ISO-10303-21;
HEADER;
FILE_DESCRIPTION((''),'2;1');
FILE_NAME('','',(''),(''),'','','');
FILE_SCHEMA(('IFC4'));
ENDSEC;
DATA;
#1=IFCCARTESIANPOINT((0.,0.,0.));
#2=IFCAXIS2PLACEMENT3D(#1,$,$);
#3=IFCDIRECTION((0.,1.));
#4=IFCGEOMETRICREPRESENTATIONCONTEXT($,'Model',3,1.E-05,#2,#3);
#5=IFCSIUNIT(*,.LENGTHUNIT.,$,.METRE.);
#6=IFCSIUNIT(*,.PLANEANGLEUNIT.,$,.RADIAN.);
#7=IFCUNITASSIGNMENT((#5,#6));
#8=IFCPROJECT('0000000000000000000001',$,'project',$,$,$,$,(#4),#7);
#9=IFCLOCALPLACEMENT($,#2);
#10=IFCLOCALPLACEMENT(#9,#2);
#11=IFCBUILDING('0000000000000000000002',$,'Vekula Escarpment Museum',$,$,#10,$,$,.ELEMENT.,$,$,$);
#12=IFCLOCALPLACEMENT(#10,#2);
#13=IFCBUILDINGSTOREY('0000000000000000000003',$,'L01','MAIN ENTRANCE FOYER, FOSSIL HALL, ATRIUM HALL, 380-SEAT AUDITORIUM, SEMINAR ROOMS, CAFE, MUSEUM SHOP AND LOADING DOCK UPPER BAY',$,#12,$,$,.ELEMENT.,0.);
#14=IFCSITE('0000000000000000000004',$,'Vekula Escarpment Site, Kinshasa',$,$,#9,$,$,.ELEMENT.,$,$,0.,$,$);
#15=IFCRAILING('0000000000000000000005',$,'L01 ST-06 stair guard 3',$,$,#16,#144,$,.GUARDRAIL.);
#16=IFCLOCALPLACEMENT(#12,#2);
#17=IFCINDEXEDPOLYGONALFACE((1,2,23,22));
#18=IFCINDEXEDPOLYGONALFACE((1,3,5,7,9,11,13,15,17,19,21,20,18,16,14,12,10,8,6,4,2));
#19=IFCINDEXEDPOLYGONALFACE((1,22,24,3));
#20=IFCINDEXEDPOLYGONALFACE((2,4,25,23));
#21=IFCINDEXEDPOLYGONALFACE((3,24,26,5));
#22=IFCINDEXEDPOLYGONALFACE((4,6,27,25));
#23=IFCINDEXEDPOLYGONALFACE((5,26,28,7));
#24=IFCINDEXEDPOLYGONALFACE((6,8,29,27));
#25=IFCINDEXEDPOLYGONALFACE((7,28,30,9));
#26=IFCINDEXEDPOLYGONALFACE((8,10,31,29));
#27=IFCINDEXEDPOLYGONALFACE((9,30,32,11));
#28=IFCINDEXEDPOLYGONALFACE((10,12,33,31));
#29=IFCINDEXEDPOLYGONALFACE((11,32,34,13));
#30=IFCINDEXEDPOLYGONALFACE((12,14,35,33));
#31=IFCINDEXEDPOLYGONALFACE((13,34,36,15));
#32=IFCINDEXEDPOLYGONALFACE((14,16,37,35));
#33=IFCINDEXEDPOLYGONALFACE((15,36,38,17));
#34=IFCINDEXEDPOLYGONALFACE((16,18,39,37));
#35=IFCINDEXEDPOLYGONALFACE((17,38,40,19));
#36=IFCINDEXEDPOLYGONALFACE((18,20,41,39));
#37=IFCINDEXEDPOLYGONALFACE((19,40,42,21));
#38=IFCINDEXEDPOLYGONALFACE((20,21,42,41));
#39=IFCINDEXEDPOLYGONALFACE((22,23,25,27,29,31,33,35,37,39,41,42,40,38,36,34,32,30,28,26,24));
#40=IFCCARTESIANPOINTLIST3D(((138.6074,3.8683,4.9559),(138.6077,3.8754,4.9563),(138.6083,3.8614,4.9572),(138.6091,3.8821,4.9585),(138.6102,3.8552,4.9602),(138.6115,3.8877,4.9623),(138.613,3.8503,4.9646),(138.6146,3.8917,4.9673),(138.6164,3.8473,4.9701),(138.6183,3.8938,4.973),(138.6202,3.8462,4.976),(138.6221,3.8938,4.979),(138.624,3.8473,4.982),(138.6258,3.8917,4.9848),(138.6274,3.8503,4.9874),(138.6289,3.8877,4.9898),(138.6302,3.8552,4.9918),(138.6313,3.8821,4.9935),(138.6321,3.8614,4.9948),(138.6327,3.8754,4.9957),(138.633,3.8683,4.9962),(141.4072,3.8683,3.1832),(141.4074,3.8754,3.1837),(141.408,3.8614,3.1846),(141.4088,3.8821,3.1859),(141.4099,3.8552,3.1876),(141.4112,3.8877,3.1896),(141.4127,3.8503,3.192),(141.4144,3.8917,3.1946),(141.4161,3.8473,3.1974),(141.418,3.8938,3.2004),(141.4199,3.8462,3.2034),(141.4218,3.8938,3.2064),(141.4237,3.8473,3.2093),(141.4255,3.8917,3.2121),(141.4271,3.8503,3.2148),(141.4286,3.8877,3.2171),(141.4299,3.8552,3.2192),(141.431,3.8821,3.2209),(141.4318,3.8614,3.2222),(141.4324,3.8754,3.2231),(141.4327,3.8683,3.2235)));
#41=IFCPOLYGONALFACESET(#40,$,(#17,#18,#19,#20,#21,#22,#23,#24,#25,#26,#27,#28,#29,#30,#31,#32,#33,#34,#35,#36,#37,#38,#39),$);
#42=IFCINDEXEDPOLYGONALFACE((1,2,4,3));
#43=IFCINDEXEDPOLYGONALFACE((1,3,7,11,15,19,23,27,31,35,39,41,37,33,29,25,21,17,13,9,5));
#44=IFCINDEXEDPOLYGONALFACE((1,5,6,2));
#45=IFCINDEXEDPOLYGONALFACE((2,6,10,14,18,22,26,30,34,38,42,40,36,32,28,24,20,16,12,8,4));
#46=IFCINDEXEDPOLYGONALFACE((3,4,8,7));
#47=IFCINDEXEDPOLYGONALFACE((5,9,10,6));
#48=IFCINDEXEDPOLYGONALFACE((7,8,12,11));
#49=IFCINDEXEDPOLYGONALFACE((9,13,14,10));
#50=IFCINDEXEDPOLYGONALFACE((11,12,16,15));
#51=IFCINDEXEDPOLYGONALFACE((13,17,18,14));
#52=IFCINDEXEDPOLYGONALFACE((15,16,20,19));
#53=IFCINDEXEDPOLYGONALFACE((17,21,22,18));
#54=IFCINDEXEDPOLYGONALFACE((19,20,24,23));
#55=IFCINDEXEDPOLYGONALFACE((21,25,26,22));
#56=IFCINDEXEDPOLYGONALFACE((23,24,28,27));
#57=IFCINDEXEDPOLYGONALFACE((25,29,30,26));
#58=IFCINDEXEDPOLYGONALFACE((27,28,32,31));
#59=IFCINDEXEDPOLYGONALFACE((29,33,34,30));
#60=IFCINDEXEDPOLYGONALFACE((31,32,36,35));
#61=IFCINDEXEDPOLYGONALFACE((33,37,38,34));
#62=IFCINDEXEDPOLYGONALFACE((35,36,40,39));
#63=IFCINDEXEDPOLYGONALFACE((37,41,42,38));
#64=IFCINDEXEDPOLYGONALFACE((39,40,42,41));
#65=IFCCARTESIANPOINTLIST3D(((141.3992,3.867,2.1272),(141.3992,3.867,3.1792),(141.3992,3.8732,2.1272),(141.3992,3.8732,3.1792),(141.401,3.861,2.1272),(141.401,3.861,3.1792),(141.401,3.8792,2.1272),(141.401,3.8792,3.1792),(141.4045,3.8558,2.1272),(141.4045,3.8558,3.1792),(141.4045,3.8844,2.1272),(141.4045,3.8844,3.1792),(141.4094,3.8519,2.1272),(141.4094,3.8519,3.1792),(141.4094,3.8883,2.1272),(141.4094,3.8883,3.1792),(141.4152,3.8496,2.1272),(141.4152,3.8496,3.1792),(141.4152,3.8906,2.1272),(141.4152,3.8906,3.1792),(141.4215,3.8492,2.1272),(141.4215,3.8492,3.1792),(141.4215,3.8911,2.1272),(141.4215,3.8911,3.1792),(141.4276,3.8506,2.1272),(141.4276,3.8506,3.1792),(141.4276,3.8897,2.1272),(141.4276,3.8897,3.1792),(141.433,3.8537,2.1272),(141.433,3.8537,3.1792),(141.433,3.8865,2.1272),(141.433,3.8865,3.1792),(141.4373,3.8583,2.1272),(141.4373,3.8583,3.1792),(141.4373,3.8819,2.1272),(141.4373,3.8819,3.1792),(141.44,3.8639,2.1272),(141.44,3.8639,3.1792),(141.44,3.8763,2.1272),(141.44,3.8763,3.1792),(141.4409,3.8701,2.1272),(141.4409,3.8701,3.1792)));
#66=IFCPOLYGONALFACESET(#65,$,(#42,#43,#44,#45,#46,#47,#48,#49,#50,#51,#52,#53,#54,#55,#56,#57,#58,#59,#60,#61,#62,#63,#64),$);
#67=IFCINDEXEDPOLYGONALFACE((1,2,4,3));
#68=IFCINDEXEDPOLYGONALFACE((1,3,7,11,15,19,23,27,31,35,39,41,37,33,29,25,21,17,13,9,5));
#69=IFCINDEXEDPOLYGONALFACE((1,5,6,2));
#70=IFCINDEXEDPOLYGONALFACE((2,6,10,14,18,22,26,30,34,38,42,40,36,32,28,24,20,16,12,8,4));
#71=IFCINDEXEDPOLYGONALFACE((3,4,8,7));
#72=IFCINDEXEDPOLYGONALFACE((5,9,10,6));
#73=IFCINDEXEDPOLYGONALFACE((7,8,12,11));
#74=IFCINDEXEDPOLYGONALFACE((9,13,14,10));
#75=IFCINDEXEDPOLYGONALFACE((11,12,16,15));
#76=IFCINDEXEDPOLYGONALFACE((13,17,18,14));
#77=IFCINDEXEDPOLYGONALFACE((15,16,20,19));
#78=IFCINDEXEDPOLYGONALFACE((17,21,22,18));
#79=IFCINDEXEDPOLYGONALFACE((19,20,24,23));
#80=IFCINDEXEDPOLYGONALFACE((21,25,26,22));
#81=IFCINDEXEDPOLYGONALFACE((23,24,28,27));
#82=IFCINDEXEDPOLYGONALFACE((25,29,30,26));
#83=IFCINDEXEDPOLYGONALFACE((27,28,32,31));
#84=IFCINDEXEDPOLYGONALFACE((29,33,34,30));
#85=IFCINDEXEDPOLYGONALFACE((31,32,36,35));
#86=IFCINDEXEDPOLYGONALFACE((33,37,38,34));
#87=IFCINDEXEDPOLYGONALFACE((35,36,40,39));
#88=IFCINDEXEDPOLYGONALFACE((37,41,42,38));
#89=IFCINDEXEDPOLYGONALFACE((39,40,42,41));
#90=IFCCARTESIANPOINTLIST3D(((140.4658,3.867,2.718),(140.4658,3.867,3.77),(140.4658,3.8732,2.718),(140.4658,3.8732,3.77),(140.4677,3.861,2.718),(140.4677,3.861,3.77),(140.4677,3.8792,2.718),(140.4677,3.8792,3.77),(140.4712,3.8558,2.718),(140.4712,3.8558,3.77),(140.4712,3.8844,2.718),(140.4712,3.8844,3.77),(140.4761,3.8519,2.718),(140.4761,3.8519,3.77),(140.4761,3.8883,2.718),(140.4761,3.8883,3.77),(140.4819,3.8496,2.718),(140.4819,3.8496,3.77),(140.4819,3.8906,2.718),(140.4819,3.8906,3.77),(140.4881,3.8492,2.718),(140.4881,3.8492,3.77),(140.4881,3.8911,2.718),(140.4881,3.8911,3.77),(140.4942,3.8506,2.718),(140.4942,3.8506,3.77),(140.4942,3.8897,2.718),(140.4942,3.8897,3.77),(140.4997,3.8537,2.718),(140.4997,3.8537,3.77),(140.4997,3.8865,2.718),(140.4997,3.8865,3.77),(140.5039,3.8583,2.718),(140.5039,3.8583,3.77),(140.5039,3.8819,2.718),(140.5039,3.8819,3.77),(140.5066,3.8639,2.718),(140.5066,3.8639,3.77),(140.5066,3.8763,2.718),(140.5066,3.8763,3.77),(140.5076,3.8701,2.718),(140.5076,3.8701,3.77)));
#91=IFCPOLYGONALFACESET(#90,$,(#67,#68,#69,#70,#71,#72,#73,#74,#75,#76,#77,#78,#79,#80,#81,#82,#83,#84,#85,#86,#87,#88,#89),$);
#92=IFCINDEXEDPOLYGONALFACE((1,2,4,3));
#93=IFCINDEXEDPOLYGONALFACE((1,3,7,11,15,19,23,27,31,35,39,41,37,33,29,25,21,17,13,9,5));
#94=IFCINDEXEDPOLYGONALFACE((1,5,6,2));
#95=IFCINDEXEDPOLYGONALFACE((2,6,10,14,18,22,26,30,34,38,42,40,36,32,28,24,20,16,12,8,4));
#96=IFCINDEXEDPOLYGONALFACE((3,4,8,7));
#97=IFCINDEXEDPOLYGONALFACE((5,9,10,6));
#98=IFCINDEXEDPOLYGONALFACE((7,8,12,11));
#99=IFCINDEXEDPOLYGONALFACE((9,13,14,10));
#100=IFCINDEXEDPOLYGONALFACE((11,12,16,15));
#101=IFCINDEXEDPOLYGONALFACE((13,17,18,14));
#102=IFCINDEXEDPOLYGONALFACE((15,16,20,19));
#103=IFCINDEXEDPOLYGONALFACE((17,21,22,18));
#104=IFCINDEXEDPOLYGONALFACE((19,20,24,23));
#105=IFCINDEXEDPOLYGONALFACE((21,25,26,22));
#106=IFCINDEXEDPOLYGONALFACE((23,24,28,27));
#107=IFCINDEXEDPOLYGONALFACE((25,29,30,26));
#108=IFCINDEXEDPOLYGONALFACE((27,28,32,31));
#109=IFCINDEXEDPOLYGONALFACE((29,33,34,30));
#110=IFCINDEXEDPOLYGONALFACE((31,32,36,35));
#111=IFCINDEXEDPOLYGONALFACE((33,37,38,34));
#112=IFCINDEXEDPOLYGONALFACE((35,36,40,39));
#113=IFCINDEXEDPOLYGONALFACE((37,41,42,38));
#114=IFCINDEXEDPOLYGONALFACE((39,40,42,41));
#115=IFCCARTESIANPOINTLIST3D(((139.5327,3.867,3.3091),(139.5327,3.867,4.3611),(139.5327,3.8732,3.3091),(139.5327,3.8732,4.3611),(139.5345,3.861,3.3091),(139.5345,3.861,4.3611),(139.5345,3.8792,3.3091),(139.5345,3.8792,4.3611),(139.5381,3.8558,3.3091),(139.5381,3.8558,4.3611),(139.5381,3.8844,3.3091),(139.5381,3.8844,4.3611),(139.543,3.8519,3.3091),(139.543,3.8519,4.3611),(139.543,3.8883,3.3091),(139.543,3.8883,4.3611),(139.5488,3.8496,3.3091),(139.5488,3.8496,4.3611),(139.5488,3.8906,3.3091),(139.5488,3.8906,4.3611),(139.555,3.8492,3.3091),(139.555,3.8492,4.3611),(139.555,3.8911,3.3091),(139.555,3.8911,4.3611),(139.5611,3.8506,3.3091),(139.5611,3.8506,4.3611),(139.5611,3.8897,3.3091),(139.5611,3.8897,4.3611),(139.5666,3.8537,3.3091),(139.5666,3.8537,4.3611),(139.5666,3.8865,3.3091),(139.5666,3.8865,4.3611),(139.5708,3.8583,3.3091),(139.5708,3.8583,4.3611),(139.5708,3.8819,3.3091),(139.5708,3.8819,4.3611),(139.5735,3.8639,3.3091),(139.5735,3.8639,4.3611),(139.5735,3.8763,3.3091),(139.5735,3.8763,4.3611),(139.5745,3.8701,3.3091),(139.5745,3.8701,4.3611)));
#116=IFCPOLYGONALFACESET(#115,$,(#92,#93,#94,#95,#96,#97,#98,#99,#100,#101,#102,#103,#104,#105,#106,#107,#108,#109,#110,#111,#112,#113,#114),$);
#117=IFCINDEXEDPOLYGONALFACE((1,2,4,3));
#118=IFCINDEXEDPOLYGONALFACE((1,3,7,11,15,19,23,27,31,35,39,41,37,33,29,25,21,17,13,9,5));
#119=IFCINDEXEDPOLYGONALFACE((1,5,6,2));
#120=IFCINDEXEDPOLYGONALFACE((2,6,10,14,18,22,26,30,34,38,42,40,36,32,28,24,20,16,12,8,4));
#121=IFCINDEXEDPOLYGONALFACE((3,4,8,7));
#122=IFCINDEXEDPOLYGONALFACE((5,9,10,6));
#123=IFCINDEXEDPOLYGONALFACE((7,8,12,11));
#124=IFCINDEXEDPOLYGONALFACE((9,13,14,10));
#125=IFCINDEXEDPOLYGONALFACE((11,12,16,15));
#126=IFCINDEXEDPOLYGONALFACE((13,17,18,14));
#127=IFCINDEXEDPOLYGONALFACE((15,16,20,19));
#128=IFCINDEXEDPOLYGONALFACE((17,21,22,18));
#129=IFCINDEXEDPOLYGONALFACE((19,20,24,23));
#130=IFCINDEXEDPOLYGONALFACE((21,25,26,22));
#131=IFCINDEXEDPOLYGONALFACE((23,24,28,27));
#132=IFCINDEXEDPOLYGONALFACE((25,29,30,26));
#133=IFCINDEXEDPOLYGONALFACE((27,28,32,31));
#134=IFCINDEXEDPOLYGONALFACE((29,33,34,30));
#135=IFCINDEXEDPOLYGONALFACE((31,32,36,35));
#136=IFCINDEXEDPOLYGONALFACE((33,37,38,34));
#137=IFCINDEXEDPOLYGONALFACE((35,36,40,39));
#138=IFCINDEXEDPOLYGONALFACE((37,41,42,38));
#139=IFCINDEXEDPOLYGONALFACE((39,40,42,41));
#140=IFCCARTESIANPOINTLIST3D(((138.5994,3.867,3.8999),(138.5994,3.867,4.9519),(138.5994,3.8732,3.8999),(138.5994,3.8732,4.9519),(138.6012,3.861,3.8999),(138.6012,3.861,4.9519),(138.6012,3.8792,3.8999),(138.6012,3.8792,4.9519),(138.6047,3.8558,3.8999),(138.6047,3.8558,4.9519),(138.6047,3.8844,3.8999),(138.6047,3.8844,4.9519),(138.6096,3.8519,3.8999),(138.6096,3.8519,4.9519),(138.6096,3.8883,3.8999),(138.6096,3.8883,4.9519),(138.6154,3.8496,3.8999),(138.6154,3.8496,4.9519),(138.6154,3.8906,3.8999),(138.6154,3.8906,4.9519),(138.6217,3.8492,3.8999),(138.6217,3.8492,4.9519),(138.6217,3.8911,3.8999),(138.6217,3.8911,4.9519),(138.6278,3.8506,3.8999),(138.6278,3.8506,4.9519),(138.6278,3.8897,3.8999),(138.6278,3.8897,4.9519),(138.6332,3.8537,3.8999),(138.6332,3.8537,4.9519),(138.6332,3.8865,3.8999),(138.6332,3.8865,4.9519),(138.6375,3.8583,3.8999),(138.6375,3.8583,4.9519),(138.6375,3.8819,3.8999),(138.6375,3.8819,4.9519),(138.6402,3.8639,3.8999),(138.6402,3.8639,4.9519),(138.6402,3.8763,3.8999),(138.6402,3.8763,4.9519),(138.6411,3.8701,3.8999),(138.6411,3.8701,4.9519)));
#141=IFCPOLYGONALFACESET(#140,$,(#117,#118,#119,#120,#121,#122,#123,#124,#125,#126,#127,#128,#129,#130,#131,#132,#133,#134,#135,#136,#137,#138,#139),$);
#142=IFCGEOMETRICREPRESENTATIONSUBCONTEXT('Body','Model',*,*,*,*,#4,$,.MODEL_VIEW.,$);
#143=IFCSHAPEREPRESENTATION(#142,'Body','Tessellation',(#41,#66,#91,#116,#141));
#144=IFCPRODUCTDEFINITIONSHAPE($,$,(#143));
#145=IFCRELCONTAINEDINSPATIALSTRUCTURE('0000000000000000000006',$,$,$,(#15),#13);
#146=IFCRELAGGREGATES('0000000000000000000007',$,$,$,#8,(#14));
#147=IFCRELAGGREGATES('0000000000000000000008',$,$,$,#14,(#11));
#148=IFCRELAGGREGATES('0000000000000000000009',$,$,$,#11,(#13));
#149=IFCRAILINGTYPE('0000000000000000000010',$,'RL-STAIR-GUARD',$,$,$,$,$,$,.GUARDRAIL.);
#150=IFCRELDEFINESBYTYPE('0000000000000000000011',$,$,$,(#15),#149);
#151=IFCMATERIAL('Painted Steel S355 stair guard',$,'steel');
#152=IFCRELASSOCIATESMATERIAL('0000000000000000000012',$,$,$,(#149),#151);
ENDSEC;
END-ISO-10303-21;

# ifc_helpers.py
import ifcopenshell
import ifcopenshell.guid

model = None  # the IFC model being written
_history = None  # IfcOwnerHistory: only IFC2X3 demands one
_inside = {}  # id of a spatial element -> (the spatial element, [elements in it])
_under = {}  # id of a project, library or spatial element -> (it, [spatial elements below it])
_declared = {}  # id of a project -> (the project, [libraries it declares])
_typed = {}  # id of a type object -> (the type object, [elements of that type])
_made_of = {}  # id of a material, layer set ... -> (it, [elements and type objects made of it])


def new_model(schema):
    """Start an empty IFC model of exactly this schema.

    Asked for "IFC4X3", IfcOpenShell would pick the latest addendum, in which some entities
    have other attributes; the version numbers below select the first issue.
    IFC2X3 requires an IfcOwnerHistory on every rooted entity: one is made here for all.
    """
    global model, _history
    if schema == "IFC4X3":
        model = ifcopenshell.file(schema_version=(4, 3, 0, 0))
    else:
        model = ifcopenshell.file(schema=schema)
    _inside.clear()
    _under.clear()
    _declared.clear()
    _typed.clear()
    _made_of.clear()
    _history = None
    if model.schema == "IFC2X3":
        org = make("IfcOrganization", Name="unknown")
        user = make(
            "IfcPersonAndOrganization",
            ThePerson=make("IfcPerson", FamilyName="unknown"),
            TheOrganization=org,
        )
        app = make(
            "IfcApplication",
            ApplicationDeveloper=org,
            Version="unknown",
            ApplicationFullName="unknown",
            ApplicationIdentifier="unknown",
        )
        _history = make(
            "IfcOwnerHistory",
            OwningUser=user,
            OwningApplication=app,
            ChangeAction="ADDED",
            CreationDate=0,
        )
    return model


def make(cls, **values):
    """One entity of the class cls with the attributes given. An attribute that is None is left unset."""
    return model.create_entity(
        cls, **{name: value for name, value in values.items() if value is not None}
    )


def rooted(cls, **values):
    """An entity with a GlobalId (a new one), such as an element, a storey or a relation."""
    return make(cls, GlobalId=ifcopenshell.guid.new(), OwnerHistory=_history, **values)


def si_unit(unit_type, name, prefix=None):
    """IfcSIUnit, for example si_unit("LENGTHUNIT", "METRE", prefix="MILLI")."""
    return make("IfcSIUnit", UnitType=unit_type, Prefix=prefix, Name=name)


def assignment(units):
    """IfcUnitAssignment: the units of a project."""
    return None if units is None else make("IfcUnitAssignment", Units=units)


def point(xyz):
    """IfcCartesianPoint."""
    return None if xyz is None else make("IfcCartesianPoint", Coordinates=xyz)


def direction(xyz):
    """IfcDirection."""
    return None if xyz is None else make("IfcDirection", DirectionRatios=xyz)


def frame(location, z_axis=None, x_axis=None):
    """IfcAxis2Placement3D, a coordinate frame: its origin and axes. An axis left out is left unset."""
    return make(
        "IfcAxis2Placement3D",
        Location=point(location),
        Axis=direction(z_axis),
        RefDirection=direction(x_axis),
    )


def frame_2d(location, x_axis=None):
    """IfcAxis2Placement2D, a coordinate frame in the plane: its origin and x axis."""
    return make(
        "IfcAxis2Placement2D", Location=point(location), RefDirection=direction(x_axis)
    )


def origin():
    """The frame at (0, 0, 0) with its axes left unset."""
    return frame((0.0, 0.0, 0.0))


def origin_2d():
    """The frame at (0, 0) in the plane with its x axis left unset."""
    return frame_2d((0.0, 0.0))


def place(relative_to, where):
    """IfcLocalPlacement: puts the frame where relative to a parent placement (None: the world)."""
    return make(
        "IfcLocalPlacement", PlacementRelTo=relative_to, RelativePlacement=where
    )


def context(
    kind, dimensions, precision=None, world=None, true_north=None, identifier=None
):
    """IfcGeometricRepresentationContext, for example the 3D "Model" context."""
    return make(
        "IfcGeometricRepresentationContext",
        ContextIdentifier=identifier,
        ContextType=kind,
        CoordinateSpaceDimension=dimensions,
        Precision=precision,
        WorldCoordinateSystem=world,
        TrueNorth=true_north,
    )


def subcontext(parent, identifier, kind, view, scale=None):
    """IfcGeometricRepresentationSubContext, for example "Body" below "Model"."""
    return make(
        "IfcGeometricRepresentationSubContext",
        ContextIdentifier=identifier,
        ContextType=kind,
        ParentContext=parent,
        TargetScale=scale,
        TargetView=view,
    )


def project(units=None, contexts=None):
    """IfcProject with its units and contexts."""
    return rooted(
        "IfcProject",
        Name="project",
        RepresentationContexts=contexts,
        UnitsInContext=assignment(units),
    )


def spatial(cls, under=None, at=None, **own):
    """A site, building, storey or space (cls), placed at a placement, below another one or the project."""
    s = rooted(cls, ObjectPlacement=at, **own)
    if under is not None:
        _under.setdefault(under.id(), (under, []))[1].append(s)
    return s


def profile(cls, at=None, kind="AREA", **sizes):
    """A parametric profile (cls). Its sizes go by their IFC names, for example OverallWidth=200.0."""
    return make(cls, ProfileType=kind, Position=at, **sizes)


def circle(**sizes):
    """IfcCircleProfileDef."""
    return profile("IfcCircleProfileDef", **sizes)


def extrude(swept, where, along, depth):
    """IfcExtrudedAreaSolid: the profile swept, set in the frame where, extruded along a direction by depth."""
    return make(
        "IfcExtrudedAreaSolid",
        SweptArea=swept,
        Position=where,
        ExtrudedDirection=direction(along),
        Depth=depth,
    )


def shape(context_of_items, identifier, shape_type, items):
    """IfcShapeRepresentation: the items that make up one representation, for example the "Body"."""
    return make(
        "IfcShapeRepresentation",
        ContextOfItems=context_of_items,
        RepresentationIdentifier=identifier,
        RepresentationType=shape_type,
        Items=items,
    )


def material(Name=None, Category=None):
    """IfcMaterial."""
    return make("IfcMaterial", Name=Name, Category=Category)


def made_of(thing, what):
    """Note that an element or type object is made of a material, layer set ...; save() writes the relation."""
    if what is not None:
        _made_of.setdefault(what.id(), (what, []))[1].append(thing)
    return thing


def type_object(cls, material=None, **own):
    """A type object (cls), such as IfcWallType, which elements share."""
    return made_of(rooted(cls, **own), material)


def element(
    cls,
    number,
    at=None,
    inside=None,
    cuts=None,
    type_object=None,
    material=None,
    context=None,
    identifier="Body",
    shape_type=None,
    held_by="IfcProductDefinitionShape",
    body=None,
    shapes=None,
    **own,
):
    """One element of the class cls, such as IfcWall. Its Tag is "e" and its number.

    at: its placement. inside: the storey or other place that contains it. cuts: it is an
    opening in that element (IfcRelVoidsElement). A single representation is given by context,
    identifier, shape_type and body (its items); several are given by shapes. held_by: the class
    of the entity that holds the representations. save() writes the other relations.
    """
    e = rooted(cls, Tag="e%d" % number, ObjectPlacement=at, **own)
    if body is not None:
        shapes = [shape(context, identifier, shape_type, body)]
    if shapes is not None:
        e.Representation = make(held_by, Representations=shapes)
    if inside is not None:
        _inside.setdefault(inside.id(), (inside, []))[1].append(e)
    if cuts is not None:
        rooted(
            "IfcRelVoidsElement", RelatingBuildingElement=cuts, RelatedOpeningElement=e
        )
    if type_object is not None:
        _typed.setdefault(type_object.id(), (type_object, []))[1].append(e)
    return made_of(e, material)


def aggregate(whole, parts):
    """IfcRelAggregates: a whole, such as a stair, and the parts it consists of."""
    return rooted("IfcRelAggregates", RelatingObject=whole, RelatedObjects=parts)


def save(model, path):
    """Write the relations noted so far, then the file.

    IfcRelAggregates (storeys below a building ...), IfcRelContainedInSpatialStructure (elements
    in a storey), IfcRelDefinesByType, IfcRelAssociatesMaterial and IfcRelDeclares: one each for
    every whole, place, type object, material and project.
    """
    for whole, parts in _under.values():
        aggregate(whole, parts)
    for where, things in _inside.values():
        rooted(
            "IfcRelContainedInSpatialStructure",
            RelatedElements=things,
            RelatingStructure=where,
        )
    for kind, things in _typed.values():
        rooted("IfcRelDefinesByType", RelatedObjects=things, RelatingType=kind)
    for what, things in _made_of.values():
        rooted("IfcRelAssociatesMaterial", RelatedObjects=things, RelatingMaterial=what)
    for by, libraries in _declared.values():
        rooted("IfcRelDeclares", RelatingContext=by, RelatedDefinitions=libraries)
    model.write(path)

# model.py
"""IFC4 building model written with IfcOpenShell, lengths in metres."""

from ifc_helpers import new_model, si_unit, direction, frame, origin, origin_2d, place, context, subcontext, project, spatial, circle, extrude, material, type_object, element, save


model = new_model("IFC4")

# Units and contexts
model_context = context("Model", 3, precision=1e-05, world=origin(), true_north=direction((0.0, 1.0)))
body_context = subcontext(model_context, "Body", "Model", "MODEL_VIEW")
ifc_project = project(units=[si_unit("LENGTHUNIT", "METRE"), si_unit("PLANEANGLEUNIT", "RADIAN")], contexts=[model_context])

# Site, building, storey
site_placement = place(None, origin())
site = spatial("IfcSite", under=ifc_project, at=site_placement, Name="Vekula Escarpment Site, Kinshasa", CompositionType="ELEMENT", RefElevation=0.0)
building_placement = place(site_placement, origin())
building = spatial("IfcBuilding", under=site, at=building_placement, Name="Vekula Escarpment Museum", CompositionType="ELEMENT")
storey_placement = place(building_placement, origin())
storey = spatial("IfcBuildingStorey", under=building, at=storey_placement, Name="L01", Description="MAIN ENTRANCE FOYER, FOSSIL HALL, ATRIUM HALL, 380-SEAT AUDITORIUM, SEMINAR ROOMS, CAFE, MUSEUM SHOP AND LOADING DOCK UPPER BAY", CompositionType="ELEMENT", Elevation=0.0)

# Railing
ifc_material_1 = material(Name="Painted Steel S355 stair guard", Category="steel")
railing_type_1 = type_object("IfcRailingType", Name="RL-STAIR-GUARD", PredefinedType="GUARDRAIL", material=ifc_material_1)
railing_1_placement = place(storey_placement, frame((141.4199, 3.8701, 2.1272)))
element("IfcRailing", 1, at=railing_1_placement, inside=storey, type_object=railing_type_1, Name="L01 ST-06 stair guard 3", PredefinedType="GUARDRAIL", context=body_context, shape_type="SweptSolid", body=[
    extrude(circle(Radius=0.0239, at=origin_2d()), frame((0.0, 0.0, 1.0762), z_axis=(-0.844888, 0.0, 0.534943), x_axis=(0.0, -1.0, 0.0)), (0.0, 0.0, 1.0), 3.3137),
    extrude(circle(Radius=0.021, at=origin_2d()), origin(), (0.0, 0.0, 1.0), 1.052),
    extrude(circle(Radius=0.021, at=origin_2d()), frame((-0.9333, 0.0, 0.5908)), (0.0, 0.0, 1.0), 1.052),
    extrude(circle(Radius=0.021, at=origin_2d()), frame((-1.8665, 0.0, 1.1819)), (0.0, 0.0, 1.0), 1.052),
    extrude(circle(Radius=0.021, at=origin_2d()), frame((-2.7998, 0.0, 1.7727)), (0.0, 0.0, 1.0), 1.052),
])

save(model, "model.ifc")
